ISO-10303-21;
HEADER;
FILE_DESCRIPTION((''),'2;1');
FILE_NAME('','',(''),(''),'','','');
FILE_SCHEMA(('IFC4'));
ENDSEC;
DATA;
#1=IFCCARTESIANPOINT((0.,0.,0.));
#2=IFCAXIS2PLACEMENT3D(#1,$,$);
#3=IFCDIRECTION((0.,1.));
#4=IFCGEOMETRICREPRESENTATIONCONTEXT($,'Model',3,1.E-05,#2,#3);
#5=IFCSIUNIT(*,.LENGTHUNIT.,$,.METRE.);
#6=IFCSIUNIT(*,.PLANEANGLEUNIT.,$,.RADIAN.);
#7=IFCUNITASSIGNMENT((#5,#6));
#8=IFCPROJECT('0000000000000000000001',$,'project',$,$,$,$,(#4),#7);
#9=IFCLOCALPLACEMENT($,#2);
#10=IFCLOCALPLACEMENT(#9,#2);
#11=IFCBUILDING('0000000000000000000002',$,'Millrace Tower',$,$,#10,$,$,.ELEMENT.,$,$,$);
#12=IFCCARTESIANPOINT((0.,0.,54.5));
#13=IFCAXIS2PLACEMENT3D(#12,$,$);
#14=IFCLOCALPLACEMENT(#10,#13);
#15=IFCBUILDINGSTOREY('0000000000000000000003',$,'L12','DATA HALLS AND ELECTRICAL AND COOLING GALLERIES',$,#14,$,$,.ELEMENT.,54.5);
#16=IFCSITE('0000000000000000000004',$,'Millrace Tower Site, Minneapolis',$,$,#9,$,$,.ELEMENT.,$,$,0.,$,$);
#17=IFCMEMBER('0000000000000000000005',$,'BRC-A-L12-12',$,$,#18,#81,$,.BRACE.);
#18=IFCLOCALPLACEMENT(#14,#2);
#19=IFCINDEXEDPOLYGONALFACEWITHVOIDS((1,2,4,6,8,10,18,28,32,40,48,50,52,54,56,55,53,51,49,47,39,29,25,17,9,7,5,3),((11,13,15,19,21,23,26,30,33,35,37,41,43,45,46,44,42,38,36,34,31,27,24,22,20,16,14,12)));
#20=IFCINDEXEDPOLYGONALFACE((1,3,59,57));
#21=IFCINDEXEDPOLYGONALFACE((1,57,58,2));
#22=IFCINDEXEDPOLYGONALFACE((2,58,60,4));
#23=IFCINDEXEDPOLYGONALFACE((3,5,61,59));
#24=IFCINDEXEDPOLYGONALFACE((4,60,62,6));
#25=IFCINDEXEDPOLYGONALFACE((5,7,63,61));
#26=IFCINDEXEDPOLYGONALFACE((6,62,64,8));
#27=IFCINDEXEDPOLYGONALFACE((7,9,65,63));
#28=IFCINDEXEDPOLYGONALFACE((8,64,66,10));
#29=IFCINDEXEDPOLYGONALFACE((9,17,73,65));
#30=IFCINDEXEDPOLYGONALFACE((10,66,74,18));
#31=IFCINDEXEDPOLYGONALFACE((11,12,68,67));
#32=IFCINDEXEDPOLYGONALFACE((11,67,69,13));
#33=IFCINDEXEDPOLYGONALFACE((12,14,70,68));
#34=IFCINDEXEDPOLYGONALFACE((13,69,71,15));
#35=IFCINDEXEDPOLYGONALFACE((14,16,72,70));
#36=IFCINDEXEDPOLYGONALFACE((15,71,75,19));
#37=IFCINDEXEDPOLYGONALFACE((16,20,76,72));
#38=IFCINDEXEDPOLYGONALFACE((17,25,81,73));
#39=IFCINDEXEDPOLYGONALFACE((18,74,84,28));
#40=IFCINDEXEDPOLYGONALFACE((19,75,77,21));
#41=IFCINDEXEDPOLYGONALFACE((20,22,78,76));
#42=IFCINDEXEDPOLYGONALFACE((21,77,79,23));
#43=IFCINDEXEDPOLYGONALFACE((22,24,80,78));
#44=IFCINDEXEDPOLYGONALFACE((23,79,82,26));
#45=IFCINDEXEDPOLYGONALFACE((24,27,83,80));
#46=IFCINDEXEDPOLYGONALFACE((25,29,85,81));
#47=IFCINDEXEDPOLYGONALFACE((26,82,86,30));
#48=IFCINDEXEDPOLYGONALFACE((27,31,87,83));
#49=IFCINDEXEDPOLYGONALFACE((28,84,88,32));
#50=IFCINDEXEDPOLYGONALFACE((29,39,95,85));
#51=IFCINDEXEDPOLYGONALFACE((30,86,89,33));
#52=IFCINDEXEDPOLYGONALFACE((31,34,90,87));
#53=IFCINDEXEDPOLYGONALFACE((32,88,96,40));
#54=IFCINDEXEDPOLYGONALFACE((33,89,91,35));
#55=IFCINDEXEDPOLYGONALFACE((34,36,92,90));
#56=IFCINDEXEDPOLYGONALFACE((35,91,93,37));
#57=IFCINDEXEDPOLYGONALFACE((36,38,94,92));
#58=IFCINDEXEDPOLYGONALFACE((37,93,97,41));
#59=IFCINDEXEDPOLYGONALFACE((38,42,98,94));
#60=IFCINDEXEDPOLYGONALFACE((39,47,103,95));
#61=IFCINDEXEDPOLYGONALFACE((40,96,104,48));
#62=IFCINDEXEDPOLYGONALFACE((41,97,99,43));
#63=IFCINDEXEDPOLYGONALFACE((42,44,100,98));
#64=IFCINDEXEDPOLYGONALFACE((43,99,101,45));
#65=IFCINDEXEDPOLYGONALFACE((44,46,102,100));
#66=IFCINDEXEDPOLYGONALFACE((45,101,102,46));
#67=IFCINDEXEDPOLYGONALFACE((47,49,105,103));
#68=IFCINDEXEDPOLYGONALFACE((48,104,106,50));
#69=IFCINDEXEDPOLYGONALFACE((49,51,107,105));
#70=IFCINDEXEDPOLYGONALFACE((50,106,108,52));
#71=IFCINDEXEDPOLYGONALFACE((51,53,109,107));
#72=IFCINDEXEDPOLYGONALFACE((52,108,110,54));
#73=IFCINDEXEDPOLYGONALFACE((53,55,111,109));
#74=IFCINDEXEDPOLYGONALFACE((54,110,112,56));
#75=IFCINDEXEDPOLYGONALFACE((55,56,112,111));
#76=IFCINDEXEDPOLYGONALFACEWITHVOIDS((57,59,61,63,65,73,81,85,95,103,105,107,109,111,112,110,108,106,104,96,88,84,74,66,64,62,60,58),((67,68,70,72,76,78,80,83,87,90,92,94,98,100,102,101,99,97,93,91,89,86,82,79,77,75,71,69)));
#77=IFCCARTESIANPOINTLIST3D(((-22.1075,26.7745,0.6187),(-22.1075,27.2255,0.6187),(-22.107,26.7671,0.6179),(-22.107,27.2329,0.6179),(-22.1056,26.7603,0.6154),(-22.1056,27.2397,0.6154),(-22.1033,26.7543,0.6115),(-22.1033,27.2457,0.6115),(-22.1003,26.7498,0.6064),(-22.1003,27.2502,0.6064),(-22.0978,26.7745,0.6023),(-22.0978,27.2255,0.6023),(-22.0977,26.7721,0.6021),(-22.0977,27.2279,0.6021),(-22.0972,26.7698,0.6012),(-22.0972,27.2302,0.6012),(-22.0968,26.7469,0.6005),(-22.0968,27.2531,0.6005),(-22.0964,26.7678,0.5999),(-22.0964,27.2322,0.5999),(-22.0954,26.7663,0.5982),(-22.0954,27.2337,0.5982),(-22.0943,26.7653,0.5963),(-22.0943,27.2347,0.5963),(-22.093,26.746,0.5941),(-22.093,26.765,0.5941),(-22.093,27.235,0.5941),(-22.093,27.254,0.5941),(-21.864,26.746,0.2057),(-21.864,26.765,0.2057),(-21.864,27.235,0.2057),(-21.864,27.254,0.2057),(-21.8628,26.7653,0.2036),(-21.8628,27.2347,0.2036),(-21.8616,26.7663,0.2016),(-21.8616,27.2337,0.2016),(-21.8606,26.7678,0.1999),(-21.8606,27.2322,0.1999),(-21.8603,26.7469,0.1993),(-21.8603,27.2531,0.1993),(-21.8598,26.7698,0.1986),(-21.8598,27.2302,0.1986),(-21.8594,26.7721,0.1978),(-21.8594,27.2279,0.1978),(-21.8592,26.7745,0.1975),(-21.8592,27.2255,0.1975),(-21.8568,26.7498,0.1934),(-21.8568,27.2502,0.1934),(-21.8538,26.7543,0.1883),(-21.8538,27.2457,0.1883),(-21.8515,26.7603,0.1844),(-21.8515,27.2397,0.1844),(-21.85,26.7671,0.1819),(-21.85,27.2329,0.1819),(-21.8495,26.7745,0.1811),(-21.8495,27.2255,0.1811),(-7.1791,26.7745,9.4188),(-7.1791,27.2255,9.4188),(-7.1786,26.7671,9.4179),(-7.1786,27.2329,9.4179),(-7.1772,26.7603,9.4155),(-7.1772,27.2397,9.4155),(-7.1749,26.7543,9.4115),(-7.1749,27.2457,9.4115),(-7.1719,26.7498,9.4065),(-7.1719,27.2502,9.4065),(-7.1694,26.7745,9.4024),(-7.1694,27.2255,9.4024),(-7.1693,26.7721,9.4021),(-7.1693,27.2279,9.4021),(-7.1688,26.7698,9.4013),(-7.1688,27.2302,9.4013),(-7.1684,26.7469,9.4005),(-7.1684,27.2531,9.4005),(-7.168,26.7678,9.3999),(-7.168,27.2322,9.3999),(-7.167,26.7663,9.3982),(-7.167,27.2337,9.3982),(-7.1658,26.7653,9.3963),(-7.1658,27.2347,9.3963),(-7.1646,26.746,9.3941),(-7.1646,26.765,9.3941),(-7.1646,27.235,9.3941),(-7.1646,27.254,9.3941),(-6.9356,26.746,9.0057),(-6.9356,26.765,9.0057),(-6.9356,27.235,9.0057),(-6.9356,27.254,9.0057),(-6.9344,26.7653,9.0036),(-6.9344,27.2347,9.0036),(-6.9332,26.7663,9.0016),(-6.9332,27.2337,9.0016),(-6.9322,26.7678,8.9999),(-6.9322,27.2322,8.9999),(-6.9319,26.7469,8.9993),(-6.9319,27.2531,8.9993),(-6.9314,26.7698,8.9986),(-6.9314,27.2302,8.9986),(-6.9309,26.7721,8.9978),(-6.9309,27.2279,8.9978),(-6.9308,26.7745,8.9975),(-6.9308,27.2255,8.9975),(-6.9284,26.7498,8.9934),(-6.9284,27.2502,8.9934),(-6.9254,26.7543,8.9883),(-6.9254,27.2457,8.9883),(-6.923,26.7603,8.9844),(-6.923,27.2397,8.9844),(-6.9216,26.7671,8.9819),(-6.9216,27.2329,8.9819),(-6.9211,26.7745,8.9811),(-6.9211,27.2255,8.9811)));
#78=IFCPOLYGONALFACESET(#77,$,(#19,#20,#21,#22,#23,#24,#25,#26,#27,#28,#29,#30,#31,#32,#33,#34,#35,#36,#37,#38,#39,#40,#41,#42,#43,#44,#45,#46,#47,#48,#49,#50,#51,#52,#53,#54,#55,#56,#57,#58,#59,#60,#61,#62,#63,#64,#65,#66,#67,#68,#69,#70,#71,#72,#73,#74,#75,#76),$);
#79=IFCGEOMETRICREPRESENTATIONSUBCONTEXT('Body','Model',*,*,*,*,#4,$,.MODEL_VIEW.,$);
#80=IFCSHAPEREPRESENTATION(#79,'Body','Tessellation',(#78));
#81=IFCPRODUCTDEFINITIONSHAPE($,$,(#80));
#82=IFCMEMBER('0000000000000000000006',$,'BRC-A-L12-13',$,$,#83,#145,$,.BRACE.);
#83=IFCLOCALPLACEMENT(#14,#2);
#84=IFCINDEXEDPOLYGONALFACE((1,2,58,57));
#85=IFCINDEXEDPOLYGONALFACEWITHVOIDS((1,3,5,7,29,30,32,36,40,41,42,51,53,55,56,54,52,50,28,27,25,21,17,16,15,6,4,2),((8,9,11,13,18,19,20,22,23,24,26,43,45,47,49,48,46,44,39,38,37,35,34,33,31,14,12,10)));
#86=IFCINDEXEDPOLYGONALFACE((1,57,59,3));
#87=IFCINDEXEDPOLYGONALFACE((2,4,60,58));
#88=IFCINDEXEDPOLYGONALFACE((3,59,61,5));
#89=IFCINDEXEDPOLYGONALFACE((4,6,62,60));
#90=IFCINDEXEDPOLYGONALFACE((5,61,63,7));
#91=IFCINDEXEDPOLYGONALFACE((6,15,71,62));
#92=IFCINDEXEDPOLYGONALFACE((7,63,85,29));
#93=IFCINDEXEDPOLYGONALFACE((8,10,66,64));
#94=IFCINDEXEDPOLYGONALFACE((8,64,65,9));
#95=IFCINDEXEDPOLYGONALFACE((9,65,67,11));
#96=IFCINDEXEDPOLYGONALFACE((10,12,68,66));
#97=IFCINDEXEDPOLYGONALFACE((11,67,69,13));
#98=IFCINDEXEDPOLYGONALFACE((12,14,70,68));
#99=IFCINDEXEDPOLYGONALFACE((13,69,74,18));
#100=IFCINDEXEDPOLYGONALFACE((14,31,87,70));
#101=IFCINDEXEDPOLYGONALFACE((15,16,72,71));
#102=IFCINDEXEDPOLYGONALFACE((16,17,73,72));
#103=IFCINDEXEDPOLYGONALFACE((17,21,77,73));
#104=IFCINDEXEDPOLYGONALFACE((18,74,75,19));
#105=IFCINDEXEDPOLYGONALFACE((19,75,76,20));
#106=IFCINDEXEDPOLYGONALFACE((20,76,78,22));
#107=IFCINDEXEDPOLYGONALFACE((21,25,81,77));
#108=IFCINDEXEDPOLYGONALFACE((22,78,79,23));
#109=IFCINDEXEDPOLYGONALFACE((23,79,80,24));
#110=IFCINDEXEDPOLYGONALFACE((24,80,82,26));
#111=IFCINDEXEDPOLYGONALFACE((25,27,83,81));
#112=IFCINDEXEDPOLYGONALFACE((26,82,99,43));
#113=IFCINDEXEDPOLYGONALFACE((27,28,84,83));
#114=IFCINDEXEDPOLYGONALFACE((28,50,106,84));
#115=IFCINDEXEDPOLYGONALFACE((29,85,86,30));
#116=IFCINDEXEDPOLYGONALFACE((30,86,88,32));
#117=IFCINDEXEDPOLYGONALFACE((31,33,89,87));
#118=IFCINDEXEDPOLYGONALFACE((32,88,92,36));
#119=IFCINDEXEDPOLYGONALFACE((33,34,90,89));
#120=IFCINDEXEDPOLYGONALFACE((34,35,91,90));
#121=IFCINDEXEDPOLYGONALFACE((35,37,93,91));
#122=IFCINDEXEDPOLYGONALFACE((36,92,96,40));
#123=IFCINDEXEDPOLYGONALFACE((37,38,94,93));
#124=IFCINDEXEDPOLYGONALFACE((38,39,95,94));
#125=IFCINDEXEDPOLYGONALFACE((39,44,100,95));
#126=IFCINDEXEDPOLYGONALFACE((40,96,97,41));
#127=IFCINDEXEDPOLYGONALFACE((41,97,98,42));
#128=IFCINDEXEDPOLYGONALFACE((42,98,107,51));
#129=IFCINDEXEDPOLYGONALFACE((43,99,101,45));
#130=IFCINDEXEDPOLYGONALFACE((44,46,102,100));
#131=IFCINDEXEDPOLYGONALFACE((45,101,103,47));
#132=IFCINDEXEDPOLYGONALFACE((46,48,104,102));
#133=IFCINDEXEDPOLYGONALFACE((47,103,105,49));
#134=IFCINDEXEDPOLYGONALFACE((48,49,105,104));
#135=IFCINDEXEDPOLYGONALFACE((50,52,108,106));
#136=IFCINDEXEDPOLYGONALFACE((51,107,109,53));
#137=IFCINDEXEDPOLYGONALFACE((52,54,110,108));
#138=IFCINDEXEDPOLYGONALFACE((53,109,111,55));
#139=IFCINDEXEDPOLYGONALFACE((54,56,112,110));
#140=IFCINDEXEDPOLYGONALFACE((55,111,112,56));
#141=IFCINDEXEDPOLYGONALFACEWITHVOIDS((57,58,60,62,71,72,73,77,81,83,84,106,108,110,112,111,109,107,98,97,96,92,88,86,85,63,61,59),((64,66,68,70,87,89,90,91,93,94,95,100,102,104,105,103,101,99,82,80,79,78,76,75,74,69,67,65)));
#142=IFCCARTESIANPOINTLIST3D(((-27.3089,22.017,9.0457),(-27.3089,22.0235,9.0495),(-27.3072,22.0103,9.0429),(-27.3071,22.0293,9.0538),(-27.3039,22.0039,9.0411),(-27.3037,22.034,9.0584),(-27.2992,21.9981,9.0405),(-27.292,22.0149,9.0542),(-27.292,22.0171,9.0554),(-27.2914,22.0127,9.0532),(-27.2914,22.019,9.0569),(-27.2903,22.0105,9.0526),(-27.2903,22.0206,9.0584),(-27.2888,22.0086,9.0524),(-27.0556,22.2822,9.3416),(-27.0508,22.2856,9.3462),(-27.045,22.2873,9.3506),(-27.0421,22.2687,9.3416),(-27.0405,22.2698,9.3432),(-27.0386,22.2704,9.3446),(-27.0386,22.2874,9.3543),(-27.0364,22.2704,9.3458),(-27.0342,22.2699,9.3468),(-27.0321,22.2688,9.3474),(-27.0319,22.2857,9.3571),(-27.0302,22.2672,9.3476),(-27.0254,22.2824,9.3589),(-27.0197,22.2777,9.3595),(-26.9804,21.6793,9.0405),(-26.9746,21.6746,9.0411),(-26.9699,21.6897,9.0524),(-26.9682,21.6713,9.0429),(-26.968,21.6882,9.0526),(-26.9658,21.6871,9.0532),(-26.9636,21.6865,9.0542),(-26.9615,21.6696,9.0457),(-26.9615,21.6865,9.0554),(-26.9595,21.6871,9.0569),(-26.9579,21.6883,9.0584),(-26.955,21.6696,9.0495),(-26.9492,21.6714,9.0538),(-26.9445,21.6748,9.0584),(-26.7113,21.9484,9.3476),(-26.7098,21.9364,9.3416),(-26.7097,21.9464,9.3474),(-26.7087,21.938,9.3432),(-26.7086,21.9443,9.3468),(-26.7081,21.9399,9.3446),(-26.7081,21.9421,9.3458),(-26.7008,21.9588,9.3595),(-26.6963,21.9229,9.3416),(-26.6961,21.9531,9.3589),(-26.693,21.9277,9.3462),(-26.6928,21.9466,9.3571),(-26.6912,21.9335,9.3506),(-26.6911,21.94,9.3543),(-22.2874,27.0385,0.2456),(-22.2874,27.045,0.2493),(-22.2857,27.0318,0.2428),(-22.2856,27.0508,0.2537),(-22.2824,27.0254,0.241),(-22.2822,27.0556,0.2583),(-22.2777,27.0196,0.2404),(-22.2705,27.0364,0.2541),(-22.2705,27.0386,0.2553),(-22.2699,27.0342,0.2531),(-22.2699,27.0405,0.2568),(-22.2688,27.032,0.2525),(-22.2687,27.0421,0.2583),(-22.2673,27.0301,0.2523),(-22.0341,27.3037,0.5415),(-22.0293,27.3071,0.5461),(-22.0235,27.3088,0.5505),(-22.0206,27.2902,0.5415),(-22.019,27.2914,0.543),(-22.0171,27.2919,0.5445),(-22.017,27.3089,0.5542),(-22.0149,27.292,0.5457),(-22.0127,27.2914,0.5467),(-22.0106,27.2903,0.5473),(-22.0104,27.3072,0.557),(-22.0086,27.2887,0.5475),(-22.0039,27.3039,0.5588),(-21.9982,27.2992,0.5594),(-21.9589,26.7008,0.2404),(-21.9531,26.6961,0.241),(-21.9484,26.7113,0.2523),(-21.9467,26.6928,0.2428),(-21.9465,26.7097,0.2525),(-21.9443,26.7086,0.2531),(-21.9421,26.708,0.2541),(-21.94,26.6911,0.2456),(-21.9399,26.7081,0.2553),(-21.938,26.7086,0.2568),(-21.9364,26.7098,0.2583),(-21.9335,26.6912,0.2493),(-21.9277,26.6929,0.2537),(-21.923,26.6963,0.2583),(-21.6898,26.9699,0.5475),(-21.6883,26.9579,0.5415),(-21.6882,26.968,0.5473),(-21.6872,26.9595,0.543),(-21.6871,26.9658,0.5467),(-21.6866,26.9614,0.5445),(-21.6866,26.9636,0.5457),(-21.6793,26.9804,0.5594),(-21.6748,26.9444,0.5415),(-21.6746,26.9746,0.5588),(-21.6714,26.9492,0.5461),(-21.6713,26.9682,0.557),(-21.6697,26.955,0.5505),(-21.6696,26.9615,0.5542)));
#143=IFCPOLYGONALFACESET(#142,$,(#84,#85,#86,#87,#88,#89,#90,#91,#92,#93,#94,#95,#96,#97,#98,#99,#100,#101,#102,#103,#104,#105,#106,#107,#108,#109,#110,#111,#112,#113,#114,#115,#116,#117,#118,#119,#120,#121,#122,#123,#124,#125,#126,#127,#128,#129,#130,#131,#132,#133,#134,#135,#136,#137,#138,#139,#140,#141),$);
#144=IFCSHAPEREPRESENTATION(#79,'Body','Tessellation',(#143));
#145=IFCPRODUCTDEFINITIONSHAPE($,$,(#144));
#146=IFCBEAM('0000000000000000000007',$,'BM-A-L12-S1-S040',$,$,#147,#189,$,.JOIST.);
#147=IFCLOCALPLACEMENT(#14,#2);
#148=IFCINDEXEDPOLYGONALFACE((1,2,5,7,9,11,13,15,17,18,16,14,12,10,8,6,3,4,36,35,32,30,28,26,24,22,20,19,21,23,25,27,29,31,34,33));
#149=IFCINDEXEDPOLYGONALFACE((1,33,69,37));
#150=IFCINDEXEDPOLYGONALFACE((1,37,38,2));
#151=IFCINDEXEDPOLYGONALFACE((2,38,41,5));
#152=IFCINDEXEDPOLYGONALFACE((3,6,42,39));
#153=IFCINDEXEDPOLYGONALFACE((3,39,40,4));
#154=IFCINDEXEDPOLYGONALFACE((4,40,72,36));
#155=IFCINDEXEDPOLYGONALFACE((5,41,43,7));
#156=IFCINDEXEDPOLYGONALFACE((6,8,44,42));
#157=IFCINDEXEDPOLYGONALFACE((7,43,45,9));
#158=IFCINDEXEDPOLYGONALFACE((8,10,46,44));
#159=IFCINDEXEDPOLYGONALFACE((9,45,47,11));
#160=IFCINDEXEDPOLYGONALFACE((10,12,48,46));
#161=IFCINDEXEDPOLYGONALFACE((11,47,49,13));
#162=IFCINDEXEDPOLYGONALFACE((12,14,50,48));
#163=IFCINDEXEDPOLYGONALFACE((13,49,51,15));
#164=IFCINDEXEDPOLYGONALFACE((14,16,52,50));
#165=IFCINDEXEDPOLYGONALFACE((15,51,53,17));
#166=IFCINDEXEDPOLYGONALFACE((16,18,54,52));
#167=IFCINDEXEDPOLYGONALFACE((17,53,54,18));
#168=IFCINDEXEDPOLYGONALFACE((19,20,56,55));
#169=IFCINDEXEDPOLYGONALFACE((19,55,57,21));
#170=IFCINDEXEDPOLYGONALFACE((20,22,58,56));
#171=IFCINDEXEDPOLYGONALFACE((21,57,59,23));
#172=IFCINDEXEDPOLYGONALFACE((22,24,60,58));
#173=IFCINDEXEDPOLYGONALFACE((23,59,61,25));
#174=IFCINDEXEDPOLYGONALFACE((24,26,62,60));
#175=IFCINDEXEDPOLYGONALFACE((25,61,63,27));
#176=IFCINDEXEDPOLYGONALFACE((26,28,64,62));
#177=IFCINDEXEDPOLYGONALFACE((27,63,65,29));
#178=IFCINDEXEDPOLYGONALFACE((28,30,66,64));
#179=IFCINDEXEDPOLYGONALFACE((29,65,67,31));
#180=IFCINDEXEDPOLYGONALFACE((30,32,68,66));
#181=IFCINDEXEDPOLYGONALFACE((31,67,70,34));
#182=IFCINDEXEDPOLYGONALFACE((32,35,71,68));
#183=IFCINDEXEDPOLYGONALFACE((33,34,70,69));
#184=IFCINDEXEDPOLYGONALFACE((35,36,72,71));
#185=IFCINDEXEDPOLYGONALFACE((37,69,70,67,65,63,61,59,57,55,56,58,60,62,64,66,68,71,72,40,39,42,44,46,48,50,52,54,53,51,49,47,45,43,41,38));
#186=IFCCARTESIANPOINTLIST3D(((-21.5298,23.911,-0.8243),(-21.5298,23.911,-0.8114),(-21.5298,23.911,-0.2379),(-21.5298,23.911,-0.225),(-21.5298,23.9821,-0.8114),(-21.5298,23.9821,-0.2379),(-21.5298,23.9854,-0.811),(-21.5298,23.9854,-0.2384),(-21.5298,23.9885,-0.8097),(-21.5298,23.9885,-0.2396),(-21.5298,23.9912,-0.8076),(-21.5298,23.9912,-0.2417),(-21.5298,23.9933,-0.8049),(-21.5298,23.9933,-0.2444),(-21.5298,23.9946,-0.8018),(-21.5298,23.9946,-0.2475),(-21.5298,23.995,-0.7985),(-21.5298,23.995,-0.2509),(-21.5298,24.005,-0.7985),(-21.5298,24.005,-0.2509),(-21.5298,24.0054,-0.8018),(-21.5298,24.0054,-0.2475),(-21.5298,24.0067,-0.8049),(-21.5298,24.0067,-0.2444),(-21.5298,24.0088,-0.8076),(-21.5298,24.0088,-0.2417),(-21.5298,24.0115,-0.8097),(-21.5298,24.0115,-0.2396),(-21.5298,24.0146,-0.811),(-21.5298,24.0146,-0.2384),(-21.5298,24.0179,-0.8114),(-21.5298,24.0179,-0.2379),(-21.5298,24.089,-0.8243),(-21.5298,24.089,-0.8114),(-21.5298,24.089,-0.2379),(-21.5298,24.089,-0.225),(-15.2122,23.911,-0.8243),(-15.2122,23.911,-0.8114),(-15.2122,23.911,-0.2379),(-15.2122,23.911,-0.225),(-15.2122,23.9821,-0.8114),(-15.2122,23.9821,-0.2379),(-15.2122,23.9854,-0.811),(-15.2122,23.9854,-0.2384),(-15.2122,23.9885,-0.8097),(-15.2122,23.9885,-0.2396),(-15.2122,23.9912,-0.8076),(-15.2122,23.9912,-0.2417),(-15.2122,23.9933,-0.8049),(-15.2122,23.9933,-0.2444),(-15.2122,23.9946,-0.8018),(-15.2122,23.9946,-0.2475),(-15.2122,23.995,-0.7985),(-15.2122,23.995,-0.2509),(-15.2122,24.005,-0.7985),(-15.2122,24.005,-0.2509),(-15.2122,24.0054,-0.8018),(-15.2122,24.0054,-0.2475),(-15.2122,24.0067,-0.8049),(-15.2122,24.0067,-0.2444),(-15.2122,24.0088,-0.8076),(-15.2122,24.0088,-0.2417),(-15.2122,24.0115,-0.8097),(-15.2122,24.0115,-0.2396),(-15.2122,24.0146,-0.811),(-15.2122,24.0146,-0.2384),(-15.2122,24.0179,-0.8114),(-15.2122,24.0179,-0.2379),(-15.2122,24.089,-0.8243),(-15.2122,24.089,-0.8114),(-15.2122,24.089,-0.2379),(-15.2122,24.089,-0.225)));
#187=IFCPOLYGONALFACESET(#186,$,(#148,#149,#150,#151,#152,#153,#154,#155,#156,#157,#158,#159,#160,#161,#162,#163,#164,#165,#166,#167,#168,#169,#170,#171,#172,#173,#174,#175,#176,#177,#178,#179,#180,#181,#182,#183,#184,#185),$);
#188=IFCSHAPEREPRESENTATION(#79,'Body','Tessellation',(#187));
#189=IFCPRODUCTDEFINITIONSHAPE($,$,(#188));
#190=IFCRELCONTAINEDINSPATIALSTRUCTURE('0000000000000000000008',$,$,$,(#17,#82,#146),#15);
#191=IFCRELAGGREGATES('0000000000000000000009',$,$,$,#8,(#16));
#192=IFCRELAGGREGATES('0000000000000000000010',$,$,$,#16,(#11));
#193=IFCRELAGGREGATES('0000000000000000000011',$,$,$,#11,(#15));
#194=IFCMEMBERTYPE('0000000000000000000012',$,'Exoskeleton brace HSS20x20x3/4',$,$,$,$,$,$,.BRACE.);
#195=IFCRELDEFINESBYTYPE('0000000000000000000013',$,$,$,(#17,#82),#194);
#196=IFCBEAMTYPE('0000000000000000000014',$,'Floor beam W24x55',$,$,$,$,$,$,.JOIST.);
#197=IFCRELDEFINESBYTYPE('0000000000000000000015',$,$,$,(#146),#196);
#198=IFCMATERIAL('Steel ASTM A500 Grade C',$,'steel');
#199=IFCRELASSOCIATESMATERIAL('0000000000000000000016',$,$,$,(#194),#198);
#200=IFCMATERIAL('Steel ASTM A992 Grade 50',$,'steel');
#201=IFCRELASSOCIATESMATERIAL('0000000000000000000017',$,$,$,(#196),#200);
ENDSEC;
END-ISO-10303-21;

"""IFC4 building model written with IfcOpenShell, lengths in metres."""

from ifc_helpers import new_model, si_unit, direction, frame, origin, origin_2d, place, context, subcontext, project, spatial, hollow_rectangle, i_section, extrude, material, material_profile, profile_set, type_object, element, save


model = new_model("IFC4")

# Units and contexts
model_context = context("Model", 3, precision=1e-05, world=origin(), true_north=direction((0.0, 1.0)))
body_context = subcontext(model_context, "Body", "Model", "MODEL_VIEW")
ifc_project = project(units=[si_unit("LENGTHUNIT", "METRE"), si_unit("PLANEANGLEUNIT", "RADIAN")], contexts=[model_context])

# Site, building, storey
site_placement = place(None, origin())
site = spatial("IfcSite", under=ifc_project, at=site_placement, Name="Millrace Tower Site, Minneapolis", CompositionType="ELEMENT", RefElevation=0.0)
building_placement = place(site_placement, origin())
building = spatial("IfcBuilding", under=site, at=building_placement, Name="Millrace Tower", CompositionType="ELEMENT")
storey_placement = place(building_placement, frame((0.0, 0.0, 54.5)))
storey = spatial("IfcBuildingStorey", under=building, at=storey_placement, Name="L12", Description="DATA HALLS AND ELECTRICAL AND COOLING GALLERIES", CompositionType="ELEMENT", Elevation=54.5)

# Members
ifc_material_1 = material(Name="Steel ASTM A500 Grade C", Category="steel")
ifc_material_profile_1 = material_profile(ifc_material_1, hollow_rectangle(XDim=0.5081, YDim=0.5081, WallThickness=0.019, InnerFilletRadius=0.0095, OuterFilletRadius=0.0286, at=origin_2d()))
ifc_profile_set_1 = profile_set([ifc_material_profile_1], Name="Steel ASTM A500 Grade C")
member_type_1 = type_object("IfcMemberType", Name="Exoskeleton brace HSS20x20x3/4", PredefinedType="BRACE", material=ifc_profile_set_1)
member_1_placement = place(storey_placement, frame((-21.9785, 27.0, 0.3999), z_axis=(0.861465, 0.0, 0.507817), x_axis=(0.0, 1.0, 0.0)))
element("IfcMember", 1, at=member_1_placement, inside=storey, type_object=member_type_1, Name="BRC-A-L12-12", PredefinedType="BRACE", context=body_context, shape_type="SweptSolid", body=[
    extrude(hollow_rectangle(XDim=0.5081, YDim=0.5081, WallThickness=0.019, InnerFilletRadius=0.0095, OuterFilletRadius=0.0286, at=origin_2d()), origin(), (0.0, 0.0, 1.0), 17.3291),
])
member_2_placement = place(storey_placement, frame((-21.9785, 27.0, 0.3999), z_axis=(-0.444064, -0.444064, 0.778213), x_axis=(0.707107, -0.707107, 0.0)))
element("IfcMember", 2, at=member_2_placement, inside=storey, type_object=member_type_1, Name="BRC-A-L12-13", PredefinedType="BRACE", context=body_context, shape_type="SweptSolid", body=[
    extrude(hollow_rectangle(XDim=0.5081, YDim=0.5081, WallThickness=0.019, InnerFilletRadius=0.0095, OuterFilletRadius=0.0286, at=origin_2d()), origin(), (0.0, 0.0, 1.0), 11.3081),
])

# Beam
ifc_material_2 = material(Name="Steel ASTM A992 Grade 50", Category="steel")
ifc_material_profile_2 = material_profile(ifc_material_2, i_section(OverallWidth=0.178, OverallDepth=0.5994, WebThickness=0.01, FlangeThickness=0.0129, FilletRadius=0.0129, at=origin_2d()))
ifc_profile_set_2 = profile_set([ifc_material_profile_2], Name="Steel ASTM A992 Grade 50")
beam_type_1 = type_object("IfcBeamType", Name="Floor beam W24x55", PredefinedType="JOIST", material=ifc_profile_set_2)
beam_1_placement = place(storey_placement, frame((-21.5298, 24.0, -0.5247), z_axis=(1.0, 0.0, 0.0), x_axis=(0.0, 1.0, 0.0)))
element("IfcBeam", 3, at=beam_1_placement, inside=storey, type_object=beam_type_1, Name="BM-A-L12-S1-S040", PredefinedType="JOIST", context=body_context, shape_type="SweptSolid", body=[
    extrude(i_section(OverallWidth=0.178, OverallDepth=0.5994, WebThickness=0.01, FlangeThickness=0.0129, FilletRadius=0.0129, at=origin_2d()), origin(), (0.0, 0.0, 1.0), 6.3176),
])

save(model, "model.ifc")
